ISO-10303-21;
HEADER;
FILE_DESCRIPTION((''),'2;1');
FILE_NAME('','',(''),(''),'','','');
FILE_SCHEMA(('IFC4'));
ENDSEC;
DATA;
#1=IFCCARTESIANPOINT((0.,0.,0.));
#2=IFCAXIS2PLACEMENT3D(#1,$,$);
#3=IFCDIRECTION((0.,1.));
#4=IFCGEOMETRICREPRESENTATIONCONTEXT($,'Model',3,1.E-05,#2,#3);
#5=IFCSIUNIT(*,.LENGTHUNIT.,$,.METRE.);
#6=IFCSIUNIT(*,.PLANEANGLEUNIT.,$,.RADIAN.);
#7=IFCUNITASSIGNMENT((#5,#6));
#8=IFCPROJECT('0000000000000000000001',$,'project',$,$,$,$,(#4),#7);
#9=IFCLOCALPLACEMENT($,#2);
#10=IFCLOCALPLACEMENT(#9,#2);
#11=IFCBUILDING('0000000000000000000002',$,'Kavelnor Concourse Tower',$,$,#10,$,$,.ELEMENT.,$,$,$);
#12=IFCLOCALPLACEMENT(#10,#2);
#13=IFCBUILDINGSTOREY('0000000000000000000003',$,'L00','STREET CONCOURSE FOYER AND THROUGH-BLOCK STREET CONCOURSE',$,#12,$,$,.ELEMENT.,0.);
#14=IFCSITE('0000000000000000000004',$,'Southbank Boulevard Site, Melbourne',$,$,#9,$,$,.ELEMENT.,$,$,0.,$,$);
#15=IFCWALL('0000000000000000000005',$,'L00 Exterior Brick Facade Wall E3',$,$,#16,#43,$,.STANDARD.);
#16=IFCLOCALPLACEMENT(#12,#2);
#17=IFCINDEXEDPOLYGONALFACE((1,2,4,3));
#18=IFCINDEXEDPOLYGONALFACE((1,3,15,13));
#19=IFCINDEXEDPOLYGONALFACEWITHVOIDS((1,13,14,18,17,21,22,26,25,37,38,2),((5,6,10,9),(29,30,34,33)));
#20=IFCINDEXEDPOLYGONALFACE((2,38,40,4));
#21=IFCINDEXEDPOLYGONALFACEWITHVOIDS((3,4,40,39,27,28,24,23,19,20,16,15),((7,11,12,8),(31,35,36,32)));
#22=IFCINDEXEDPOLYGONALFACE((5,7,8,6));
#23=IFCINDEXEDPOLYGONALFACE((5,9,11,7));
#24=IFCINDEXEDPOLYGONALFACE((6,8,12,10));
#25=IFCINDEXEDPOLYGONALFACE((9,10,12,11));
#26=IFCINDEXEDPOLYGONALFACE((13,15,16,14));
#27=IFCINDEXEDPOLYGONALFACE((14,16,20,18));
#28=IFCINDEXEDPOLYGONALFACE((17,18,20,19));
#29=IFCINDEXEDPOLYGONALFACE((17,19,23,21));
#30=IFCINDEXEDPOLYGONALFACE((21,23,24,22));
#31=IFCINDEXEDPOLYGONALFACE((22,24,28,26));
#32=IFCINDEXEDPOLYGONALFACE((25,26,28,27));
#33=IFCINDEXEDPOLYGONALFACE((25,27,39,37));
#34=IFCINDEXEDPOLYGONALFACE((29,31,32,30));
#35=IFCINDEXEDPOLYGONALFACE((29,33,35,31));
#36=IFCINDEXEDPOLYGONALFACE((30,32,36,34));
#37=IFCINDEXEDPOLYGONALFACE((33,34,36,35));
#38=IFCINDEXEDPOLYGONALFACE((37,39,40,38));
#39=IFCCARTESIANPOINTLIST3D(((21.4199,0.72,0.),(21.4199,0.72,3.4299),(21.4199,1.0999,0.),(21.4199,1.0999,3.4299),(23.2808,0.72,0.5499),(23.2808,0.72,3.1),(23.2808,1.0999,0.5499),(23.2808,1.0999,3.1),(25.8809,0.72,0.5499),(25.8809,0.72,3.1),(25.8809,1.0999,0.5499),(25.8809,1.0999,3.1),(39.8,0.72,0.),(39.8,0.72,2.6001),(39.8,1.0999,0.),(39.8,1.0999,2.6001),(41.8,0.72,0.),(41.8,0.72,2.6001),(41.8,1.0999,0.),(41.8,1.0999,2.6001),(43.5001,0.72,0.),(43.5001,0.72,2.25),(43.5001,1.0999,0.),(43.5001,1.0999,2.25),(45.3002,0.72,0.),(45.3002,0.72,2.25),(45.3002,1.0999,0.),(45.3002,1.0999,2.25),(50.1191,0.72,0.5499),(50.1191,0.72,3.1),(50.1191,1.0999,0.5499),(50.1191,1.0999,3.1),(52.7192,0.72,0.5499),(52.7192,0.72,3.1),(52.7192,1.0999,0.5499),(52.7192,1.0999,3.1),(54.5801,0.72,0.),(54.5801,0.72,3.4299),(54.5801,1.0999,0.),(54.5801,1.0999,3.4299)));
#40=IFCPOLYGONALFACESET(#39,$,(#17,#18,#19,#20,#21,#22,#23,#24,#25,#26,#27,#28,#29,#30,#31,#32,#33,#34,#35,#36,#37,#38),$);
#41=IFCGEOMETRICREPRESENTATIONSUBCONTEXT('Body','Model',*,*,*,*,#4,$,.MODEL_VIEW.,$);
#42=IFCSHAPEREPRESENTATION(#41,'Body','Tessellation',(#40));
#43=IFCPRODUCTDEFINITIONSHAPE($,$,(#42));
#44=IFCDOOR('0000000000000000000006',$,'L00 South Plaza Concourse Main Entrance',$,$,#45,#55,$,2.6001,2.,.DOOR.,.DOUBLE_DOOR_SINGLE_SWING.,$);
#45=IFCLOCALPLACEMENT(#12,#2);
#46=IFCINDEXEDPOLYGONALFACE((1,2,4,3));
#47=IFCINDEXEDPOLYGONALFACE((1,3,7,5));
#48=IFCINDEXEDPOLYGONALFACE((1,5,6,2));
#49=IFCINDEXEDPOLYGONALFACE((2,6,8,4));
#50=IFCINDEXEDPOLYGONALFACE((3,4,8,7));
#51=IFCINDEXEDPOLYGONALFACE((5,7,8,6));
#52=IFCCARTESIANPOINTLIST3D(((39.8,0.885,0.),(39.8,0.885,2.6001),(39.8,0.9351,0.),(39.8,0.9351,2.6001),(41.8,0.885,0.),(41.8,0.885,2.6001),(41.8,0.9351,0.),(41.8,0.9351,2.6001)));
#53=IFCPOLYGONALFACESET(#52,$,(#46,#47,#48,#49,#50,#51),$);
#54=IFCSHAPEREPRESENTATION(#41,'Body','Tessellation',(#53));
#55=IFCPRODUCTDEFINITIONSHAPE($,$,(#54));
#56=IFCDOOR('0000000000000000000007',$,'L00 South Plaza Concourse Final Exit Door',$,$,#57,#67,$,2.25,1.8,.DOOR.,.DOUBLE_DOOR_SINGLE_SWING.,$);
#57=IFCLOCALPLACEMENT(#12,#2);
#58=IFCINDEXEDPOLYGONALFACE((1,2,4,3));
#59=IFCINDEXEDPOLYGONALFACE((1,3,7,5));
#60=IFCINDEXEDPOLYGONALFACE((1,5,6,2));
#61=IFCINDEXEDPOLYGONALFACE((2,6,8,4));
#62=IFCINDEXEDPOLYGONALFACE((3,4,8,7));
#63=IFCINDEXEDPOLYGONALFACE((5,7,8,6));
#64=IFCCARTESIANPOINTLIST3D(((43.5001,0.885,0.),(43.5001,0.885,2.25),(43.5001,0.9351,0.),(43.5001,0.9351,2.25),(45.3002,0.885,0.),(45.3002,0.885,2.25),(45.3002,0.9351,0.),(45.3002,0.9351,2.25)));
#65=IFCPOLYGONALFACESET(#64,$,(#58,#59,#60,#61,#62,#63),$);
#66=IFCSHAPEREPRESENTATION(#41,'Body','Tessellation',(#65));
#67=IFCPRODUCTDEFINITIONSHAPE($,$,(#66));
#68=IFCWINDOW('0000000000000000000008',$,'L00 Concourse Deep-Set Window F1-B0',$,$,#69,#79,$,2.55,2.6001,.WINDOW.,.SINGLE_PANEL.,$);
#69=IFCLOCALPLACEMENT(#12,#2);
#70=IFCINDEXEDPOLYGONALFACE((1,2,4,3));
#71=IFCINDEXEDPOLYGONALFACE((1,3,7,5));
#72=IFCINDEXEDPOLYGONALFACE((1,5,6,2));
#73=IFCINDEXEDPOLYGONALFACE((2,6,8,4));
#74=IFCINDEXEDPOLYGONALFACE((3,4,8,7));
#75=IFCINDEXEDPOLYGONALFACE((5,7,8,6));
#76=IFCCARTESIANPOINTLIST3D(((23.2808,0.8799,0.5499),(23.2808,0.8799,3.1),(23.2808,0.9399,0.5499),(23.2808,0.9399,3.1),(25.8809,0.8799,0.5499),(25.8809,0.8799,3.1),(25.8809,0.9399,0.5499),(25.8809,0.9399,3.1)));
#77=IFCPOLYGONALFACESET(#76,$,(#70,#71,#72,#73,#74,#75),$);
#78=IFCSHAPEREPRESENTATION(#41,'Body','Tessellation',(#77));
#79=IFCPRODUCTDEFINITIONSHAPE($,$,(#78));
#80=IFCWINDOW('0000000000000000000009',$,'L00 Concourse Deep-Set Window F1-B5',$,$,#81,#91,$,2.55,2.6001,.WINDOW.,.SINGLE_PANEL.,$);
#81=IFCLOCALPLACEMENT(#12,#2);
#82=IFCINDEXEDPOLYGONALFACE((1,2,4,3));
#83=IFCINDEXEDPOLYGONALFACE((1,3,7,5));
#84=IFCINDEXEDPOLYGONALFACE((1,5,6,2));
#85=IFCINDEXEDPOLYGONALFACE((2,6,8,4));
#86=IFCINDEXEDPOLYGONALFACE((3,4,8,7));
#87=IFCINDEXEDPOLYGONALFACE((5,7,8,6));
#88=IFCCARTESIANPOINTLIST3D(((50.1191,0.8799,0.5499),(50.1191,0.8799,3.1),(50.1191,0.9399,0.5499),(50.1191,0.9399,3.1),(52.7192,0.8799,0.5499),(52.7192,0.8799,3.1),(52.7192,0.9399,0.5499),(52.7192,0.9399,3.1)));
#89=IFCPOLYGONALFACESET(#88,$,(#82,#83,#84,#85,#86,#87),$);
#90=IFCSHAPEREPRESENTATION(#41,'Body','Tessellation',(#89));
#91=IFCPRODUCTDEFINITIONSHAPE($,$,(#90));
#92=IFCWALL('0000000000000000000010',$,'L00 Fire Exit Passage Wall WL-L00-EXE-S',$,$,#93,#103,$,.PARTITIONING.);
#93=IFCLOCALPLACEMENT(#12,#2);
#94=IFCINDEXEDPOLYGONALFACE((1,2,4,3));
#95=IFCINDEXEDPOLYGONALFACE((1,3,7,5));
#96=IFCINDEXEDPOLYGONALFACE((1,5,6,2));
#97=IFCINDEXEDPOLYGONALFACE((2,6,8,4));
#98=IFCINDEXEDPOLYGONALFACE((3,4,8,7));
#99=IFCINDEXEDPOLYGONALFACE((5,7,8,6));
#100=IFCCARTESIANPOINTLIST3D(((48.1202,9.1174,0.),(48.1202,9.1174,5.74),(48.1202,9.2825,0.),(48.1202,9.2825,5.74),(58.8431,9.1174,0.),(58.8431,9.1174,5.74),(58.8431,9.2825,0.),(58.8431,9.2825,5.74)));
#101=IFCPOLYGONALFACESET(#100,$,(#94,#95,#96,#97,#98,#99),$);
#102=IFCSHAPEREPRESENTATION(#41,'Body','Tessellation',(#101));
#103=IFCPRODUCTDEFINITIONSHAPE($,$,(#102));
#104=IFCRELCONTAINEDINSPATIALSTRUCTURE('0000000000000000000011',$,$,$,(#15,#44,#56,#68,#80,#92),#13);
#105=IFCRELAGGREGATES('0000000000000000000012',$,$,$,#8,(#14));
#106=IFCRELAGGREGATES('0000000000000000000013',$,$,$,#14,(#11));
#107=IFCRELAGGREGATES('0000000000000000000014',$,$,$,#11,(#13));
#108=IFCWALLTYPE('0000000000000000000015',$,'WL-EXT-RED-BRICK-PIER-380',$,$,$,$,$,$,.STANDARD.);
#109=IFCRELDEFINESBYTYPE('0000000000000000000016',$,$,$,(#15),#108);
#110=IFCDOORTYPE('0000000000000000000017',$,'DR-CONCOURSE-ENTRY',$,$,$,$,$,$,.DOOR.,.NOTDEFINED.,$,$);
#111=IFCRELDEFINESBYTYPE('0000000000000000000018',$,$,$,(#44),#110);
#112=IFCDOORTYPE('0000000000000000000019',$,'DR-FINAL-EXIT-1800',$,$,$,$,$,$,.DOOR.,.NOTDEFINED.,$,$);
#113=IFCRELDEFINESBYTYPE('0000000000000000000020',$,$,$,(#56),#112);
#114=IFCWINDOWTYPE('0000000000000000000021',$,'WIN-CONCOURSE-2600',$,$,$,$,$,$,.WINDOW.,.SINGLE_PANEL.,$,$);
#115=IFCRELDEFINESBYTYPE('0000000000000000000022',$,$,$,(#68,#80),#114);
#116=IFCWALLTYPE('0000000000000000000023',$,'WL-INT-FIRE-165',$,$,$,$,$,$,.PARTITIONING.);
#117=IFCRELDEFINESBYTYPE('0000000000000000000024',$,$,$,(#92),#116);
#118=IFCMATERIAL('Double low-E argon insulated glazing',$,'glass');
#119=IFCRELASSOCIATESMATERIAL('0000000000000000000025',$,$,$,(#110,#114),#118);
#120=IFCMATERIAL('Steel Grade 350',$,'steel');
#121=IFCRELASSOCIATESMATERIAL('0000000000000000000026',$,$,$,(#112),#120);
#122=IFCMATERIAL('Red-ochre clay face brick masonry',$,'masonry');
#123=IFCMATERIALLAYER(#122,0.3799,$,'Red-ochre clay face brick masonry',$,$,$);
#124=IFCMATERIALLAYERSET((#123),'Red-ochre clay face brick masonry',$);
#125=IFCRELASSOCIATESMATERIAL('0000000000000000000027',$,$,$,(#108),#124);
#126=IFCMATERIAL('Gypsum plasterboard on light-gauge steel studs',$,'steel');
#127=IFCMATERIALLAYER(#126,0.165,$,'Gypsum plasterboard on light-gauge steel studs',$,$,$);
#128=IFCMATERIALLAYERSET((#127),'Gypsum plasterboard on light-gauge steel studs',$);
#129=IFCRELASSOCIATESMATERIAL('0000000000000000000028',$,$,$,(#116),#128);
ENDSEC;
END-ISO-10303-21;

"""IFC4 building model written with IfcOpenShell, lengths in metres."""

from ifc_helpers import new_model, si_unit, direction, frame, frame_2d, origin, place, context, subcontext, project, spatial, rectangle, extrude, material, layer, layer_set, type_object, element, fill, save


model = new_model("IFC4")

# Units and contexts
model_context = context("Model", 3, precision=1e-05, world=origin(), true_north=direction((0.0, 1.0)))
body_context = subcontext(model_context, "Body", "Model", "MODEL_VIEW")
ifc_project = project(units=[si_unit("LENGTHUNIT", "METRE"), si_unit("PLANEANGLEUNIT", "RADIAN")], contexts=[model_context])

# Site, building, storey
site_placement = place(None, origin())
site = spatial("IfcSite", under=ifc_project, at=site_placement, Name="Southbank Boulevard Site, Melbourne", CompositionType="ELEMENT", RefElevation=0.0)
building_placement = place(site_placement, origin())
building = spatial("IfcBuilding", under=site, at=building_placement, Name="Kavelnor Concourse Tower", CompositionType="ELEMENT")
storey_placement = place(building_placement, origin())
storey = spatial("IfcBuildingStorey", under=building, at=storey_placement, Name="L00", Description="STREET CONCOURSE FOYER AND THROUGH-BLOCK STREET CONCOURSE", CompositionType="ELEMENT", Elevation=0.0)

# Shared definitions
ifc_material_1 = material(Name="Steel Grade 350", Category="steel")

# Shared definitions
ifc_material_2 = material(Name="Double low-E argon insulated glazing", Category="glass")
door_type_1 = type_object("IfcDoorType", Name="DR-CONCOURSE-ENTRY", OperationType="NOTDEFINED", PredefinedType="DOOR", material=ifc_material_2)
door_type_2 = type_object("IfcDoorType", Name="DR-FINAL-EXIT-1800", OperationType="NOTDEFINED", PredefinedType="DOOR", material=ifc_material_1)

# Wall, openings, doors, windows
ifc_material_3 = material(Name="Red-ochre clay face brick masonry", Category="masonry")
ifc_layer_1 = layer(ifc_material_3, 0.3799, Name="Red-ochre clay face brick masonry")
ifc_layer_set_1 = layer_set([ifc_layer_1], Name="Red-ochre clay face brick masonry")
wall_type_1 = type_object("IfcWallType", Name="WL-EXT-RED-BRICK-PIER-380", PredefinedType="STANDARD", material=ifc_layer_set_1)
wall_1_placement = place(storey_placement, frame((54.5801, 0.9099, 0.0), z_axis=(0.0, 0.0, 1.0), x_axis=(-1.0, 0.0, 0.0)))
wall_1 = element("IfcWall", 1, at=wall_1_placement, inside=storey, type_object=wall_type_1, Name="L00 Exterior Brick Facade Wall E3", PredefinedType="STANDARD", context=body_context, shape_type="SweptSolid", body=[
    extrude(rectangle(XDim=33.1602, YDim=0.3799, at=frame_2d((16.5801, 0.0))), origin(), (0.0, 0.0, 1.0), 3.4299),
])
opening_1_placement = place(wall_1_placement, frame((9.28, 0.0, 0.0)))
opening_1 = element("IfcOpeningElement", 2, at=opening_1_placement, cuts=wall_1, PredefinedType="OPENING", context=body_context, shape_type="SweptSolid", body=[
    extrude(rectangle(XDim=1.8, YDim=2.25, at=frame_2d((0.8999, 1.125))), frame((0.0, 0.2, 0.0), z_axis=(0.0, -1.0, 0.0), x_axis=(1.0, 0.0, 0.0)), (0.0, 0.0, 1.0), 0.3999),
])
opening_2_placement = place(wall_1_placement, frame((12.78, 0.0, 0.0)))
opening_2 = element("IfcOpeningElement", 3, at=opening_2_placement, cuts=wall_1, PredefinedType="OPENING", context=body_context, shape_type="SweptSolid", body=[
    extrude(rectangle(XDim=2.0, YDim=2.6001, at=frame_2d((1.0, 1.3))), frame((0.0, 0.2, 0.0), z_axis=(0.0, -1.0, 0.0), x_axis=(1.0, 0.0, 0.0)), (0.0, 0.0, 1.0), 0.3999),
])
opening_3_placement = place(wall_1_placement, frame((28.6992, 0.0, 0.55)))
opening_3 = element("IfcOpeningElement", 4, at=opening_3_placement, cuts=wall_1, PredefinedType="OPENING", context=body_context, shape_type="SweptSolid", body=[
    extrude(rectangle(XDim=2.6001, YDim=2.55, at=frame_2d((1.3, 1.2749))), frame((0.0, 0.2, 0.0), z_axis=(0.0, -1.0, 0.0), x_axis=(1.0, 0.0, 0.0)), (0.0, 0.0, 1.0), 0.3999),
])
opening_4_placement = place(wall_1_placement, frame((1.8608, 0.0, 0.55)))
opening_4 = element("IfcOpeningElement", 5, at=opening_4_placement, cuts=wall_1, PredefinedType="OPENING", context=body_context, shape_type="SweptSolid", body=[
    extrude(rectangle(XDim=2.6001, YDim=2.55, at=frame_2d((1.3, 1.2749))), frame((0.0, 0.2, 0.0), z_axis=(0.0, -1.0, 0.0), x_axis=(1.0, 0.0, 0.0)), (0.0, 0.0, 1.0), 0.3999),
])
door_1_placement = place(opening_2_placement, origin())
door_1 = element("IfcDoor", 6, at=door_1_placement, inside=storey, type_object=door_type_1, Name="L00 South Plaza Concourse Main Entrance", OperationType="DOUBLE_DOOR_SINGLE_SWING", OverallHeight=2.6001, OverallWidth=2.0, PredefinedType="DOOR", context=body_context, shape_type="SweptSolid", body=[
    extrude(rectangle(XDim=2.0, YDim=2.6001, at=frame_2d((1.0, 1.3))), frame((0.0, 0.0249, 0.0), z_axis=(0.0, -1.0, 0.0), x_axis=(1.0, 0.0, 0.0)), (0.0, 0.0, 1.0), 0.05),
])
fill(opening_2, door_1)
door_2_placement = place(opening_1_placement, origin())
door_2 = element("IfcDoor", 7, at=door_2_placement, inside=storey, type_object=door_type_2, Name="L00 South Plaza Concourse Final Exit Door", OperationType="DOUBLE_DOOR_SINGLE_SWING", OverallHeight=2.25, OverallWidth=1.8, PredefinedType="DOOR", context=body_context, shape_type="SweptSolid", body=[
    extrude(rectangle(XDim=1.8, YDim=2.25, at=frame_2d((0.8999, 1.125))), frame((0.0, 0.0249, 0.0), z_axis=(0.0, -1.0, 0.0), x_axis=(1.0, 0.0, 0.0)), (0.0, 0.0, 1.0), 0.05),
])
fill(opening_1, door_2)
window_type = type_object("IfcWindowType", Name="WIN-CONCOURSE-2600", PartitioningType="SINGLE_PANEL", PredefinedType="WINDOW", material=ifc_material_2)
window_1_placement = place(opening_3_placement, origin())
window_1 = element("IfcWindow", 8, at=window_1_placement, inside=storey, type_object=window_type, Name="L00 Concourse Deep-Set Window F1-B0", OverallHeight=2.55, OverallWidth=2.6001, PartitioningType="SINGLE_PANEL", PredefinedType="WINDOW", context=body_context, shape_type="SweptSolid", body=[
    extrude(rectangle(XDim=2.6001, YDim=2.55, at=frame_2d((1.3, 1.2749))), frame((0.0, 0.03, 0.0), z_axis=(0.0, -1.0, 0.0), x_axis=(1.0, 0.0, 0.0)), (0.0, 0.0, 1.0), 0.0601),
])
fill(opening_3, window_1)
window_2_placement = place(opening_4_placement, origin())
window_2 = element("IfcWindow", 9, at=window_2_placement, inside=storey, type_object=window_type, Name="L00 Concourse Deep-Set Window F1-B5", OverallHeight=2.55, OverallWidth=2.6001, PartitioningType="SINGLE_PANEL", PredefinedType="WINDOW", context=body_context, shape_type="SweptSolid", body=[
    extrude(rectangle(XDim=2.6001, YDim=2.55, at=frame_2d((1.3, 1.2749))), frame((0.0, 0.03, 0.0), z_axis=(0.0, -1.0, 0.0), x_axis=(1.0, 0.0, 0.0)), (0.0, 0.0, 1.0), 0.0601),
])
fill(opening_4, window_2)

# Wall
ifc_material_4 = material(Name="Gypsum plasterboard on light-gauge steel studs", Category="steel")
ifc_layer_2 = layer(ifc_material_4, 0.165, Name="Gypsum plasterboard on light-gauge steel studs")
ifc_layer_set_2 = layer_set([ifc_layer_2], Name="Gypsum plasterboard on light-gauge steel studs")
wall_type_2 = type_object("IfcWallType", Name="WL-INT-FIRE-165", PredefinedType="PARTITIONING", material=ifc_layer_set_2)
wall_2_placement = place(storey_placement, frame((58.843, 9.2, 0.0), z_axis=(0.0, 0.0, 1.0), x_axis=(-1.0, 0.0, 0.0)))
element("IfcWall", 10, at=wall_2_placement, inside=storey, type_object=wall_type_2, Name="L00 Fire Exit Passage Wall WL-L00-EXE-S", PredefinedType="PARTITIONING", context=body_context, shape_type="SweptSolid", body=[
    extrude(rectangle(XDim=10.7229, YDim=0.165, at=frame_2d((5.3613, 0.0))), origin(), (0.0, 0.0, 1.0), 5.74),
])

save(model, "model.ifc")
